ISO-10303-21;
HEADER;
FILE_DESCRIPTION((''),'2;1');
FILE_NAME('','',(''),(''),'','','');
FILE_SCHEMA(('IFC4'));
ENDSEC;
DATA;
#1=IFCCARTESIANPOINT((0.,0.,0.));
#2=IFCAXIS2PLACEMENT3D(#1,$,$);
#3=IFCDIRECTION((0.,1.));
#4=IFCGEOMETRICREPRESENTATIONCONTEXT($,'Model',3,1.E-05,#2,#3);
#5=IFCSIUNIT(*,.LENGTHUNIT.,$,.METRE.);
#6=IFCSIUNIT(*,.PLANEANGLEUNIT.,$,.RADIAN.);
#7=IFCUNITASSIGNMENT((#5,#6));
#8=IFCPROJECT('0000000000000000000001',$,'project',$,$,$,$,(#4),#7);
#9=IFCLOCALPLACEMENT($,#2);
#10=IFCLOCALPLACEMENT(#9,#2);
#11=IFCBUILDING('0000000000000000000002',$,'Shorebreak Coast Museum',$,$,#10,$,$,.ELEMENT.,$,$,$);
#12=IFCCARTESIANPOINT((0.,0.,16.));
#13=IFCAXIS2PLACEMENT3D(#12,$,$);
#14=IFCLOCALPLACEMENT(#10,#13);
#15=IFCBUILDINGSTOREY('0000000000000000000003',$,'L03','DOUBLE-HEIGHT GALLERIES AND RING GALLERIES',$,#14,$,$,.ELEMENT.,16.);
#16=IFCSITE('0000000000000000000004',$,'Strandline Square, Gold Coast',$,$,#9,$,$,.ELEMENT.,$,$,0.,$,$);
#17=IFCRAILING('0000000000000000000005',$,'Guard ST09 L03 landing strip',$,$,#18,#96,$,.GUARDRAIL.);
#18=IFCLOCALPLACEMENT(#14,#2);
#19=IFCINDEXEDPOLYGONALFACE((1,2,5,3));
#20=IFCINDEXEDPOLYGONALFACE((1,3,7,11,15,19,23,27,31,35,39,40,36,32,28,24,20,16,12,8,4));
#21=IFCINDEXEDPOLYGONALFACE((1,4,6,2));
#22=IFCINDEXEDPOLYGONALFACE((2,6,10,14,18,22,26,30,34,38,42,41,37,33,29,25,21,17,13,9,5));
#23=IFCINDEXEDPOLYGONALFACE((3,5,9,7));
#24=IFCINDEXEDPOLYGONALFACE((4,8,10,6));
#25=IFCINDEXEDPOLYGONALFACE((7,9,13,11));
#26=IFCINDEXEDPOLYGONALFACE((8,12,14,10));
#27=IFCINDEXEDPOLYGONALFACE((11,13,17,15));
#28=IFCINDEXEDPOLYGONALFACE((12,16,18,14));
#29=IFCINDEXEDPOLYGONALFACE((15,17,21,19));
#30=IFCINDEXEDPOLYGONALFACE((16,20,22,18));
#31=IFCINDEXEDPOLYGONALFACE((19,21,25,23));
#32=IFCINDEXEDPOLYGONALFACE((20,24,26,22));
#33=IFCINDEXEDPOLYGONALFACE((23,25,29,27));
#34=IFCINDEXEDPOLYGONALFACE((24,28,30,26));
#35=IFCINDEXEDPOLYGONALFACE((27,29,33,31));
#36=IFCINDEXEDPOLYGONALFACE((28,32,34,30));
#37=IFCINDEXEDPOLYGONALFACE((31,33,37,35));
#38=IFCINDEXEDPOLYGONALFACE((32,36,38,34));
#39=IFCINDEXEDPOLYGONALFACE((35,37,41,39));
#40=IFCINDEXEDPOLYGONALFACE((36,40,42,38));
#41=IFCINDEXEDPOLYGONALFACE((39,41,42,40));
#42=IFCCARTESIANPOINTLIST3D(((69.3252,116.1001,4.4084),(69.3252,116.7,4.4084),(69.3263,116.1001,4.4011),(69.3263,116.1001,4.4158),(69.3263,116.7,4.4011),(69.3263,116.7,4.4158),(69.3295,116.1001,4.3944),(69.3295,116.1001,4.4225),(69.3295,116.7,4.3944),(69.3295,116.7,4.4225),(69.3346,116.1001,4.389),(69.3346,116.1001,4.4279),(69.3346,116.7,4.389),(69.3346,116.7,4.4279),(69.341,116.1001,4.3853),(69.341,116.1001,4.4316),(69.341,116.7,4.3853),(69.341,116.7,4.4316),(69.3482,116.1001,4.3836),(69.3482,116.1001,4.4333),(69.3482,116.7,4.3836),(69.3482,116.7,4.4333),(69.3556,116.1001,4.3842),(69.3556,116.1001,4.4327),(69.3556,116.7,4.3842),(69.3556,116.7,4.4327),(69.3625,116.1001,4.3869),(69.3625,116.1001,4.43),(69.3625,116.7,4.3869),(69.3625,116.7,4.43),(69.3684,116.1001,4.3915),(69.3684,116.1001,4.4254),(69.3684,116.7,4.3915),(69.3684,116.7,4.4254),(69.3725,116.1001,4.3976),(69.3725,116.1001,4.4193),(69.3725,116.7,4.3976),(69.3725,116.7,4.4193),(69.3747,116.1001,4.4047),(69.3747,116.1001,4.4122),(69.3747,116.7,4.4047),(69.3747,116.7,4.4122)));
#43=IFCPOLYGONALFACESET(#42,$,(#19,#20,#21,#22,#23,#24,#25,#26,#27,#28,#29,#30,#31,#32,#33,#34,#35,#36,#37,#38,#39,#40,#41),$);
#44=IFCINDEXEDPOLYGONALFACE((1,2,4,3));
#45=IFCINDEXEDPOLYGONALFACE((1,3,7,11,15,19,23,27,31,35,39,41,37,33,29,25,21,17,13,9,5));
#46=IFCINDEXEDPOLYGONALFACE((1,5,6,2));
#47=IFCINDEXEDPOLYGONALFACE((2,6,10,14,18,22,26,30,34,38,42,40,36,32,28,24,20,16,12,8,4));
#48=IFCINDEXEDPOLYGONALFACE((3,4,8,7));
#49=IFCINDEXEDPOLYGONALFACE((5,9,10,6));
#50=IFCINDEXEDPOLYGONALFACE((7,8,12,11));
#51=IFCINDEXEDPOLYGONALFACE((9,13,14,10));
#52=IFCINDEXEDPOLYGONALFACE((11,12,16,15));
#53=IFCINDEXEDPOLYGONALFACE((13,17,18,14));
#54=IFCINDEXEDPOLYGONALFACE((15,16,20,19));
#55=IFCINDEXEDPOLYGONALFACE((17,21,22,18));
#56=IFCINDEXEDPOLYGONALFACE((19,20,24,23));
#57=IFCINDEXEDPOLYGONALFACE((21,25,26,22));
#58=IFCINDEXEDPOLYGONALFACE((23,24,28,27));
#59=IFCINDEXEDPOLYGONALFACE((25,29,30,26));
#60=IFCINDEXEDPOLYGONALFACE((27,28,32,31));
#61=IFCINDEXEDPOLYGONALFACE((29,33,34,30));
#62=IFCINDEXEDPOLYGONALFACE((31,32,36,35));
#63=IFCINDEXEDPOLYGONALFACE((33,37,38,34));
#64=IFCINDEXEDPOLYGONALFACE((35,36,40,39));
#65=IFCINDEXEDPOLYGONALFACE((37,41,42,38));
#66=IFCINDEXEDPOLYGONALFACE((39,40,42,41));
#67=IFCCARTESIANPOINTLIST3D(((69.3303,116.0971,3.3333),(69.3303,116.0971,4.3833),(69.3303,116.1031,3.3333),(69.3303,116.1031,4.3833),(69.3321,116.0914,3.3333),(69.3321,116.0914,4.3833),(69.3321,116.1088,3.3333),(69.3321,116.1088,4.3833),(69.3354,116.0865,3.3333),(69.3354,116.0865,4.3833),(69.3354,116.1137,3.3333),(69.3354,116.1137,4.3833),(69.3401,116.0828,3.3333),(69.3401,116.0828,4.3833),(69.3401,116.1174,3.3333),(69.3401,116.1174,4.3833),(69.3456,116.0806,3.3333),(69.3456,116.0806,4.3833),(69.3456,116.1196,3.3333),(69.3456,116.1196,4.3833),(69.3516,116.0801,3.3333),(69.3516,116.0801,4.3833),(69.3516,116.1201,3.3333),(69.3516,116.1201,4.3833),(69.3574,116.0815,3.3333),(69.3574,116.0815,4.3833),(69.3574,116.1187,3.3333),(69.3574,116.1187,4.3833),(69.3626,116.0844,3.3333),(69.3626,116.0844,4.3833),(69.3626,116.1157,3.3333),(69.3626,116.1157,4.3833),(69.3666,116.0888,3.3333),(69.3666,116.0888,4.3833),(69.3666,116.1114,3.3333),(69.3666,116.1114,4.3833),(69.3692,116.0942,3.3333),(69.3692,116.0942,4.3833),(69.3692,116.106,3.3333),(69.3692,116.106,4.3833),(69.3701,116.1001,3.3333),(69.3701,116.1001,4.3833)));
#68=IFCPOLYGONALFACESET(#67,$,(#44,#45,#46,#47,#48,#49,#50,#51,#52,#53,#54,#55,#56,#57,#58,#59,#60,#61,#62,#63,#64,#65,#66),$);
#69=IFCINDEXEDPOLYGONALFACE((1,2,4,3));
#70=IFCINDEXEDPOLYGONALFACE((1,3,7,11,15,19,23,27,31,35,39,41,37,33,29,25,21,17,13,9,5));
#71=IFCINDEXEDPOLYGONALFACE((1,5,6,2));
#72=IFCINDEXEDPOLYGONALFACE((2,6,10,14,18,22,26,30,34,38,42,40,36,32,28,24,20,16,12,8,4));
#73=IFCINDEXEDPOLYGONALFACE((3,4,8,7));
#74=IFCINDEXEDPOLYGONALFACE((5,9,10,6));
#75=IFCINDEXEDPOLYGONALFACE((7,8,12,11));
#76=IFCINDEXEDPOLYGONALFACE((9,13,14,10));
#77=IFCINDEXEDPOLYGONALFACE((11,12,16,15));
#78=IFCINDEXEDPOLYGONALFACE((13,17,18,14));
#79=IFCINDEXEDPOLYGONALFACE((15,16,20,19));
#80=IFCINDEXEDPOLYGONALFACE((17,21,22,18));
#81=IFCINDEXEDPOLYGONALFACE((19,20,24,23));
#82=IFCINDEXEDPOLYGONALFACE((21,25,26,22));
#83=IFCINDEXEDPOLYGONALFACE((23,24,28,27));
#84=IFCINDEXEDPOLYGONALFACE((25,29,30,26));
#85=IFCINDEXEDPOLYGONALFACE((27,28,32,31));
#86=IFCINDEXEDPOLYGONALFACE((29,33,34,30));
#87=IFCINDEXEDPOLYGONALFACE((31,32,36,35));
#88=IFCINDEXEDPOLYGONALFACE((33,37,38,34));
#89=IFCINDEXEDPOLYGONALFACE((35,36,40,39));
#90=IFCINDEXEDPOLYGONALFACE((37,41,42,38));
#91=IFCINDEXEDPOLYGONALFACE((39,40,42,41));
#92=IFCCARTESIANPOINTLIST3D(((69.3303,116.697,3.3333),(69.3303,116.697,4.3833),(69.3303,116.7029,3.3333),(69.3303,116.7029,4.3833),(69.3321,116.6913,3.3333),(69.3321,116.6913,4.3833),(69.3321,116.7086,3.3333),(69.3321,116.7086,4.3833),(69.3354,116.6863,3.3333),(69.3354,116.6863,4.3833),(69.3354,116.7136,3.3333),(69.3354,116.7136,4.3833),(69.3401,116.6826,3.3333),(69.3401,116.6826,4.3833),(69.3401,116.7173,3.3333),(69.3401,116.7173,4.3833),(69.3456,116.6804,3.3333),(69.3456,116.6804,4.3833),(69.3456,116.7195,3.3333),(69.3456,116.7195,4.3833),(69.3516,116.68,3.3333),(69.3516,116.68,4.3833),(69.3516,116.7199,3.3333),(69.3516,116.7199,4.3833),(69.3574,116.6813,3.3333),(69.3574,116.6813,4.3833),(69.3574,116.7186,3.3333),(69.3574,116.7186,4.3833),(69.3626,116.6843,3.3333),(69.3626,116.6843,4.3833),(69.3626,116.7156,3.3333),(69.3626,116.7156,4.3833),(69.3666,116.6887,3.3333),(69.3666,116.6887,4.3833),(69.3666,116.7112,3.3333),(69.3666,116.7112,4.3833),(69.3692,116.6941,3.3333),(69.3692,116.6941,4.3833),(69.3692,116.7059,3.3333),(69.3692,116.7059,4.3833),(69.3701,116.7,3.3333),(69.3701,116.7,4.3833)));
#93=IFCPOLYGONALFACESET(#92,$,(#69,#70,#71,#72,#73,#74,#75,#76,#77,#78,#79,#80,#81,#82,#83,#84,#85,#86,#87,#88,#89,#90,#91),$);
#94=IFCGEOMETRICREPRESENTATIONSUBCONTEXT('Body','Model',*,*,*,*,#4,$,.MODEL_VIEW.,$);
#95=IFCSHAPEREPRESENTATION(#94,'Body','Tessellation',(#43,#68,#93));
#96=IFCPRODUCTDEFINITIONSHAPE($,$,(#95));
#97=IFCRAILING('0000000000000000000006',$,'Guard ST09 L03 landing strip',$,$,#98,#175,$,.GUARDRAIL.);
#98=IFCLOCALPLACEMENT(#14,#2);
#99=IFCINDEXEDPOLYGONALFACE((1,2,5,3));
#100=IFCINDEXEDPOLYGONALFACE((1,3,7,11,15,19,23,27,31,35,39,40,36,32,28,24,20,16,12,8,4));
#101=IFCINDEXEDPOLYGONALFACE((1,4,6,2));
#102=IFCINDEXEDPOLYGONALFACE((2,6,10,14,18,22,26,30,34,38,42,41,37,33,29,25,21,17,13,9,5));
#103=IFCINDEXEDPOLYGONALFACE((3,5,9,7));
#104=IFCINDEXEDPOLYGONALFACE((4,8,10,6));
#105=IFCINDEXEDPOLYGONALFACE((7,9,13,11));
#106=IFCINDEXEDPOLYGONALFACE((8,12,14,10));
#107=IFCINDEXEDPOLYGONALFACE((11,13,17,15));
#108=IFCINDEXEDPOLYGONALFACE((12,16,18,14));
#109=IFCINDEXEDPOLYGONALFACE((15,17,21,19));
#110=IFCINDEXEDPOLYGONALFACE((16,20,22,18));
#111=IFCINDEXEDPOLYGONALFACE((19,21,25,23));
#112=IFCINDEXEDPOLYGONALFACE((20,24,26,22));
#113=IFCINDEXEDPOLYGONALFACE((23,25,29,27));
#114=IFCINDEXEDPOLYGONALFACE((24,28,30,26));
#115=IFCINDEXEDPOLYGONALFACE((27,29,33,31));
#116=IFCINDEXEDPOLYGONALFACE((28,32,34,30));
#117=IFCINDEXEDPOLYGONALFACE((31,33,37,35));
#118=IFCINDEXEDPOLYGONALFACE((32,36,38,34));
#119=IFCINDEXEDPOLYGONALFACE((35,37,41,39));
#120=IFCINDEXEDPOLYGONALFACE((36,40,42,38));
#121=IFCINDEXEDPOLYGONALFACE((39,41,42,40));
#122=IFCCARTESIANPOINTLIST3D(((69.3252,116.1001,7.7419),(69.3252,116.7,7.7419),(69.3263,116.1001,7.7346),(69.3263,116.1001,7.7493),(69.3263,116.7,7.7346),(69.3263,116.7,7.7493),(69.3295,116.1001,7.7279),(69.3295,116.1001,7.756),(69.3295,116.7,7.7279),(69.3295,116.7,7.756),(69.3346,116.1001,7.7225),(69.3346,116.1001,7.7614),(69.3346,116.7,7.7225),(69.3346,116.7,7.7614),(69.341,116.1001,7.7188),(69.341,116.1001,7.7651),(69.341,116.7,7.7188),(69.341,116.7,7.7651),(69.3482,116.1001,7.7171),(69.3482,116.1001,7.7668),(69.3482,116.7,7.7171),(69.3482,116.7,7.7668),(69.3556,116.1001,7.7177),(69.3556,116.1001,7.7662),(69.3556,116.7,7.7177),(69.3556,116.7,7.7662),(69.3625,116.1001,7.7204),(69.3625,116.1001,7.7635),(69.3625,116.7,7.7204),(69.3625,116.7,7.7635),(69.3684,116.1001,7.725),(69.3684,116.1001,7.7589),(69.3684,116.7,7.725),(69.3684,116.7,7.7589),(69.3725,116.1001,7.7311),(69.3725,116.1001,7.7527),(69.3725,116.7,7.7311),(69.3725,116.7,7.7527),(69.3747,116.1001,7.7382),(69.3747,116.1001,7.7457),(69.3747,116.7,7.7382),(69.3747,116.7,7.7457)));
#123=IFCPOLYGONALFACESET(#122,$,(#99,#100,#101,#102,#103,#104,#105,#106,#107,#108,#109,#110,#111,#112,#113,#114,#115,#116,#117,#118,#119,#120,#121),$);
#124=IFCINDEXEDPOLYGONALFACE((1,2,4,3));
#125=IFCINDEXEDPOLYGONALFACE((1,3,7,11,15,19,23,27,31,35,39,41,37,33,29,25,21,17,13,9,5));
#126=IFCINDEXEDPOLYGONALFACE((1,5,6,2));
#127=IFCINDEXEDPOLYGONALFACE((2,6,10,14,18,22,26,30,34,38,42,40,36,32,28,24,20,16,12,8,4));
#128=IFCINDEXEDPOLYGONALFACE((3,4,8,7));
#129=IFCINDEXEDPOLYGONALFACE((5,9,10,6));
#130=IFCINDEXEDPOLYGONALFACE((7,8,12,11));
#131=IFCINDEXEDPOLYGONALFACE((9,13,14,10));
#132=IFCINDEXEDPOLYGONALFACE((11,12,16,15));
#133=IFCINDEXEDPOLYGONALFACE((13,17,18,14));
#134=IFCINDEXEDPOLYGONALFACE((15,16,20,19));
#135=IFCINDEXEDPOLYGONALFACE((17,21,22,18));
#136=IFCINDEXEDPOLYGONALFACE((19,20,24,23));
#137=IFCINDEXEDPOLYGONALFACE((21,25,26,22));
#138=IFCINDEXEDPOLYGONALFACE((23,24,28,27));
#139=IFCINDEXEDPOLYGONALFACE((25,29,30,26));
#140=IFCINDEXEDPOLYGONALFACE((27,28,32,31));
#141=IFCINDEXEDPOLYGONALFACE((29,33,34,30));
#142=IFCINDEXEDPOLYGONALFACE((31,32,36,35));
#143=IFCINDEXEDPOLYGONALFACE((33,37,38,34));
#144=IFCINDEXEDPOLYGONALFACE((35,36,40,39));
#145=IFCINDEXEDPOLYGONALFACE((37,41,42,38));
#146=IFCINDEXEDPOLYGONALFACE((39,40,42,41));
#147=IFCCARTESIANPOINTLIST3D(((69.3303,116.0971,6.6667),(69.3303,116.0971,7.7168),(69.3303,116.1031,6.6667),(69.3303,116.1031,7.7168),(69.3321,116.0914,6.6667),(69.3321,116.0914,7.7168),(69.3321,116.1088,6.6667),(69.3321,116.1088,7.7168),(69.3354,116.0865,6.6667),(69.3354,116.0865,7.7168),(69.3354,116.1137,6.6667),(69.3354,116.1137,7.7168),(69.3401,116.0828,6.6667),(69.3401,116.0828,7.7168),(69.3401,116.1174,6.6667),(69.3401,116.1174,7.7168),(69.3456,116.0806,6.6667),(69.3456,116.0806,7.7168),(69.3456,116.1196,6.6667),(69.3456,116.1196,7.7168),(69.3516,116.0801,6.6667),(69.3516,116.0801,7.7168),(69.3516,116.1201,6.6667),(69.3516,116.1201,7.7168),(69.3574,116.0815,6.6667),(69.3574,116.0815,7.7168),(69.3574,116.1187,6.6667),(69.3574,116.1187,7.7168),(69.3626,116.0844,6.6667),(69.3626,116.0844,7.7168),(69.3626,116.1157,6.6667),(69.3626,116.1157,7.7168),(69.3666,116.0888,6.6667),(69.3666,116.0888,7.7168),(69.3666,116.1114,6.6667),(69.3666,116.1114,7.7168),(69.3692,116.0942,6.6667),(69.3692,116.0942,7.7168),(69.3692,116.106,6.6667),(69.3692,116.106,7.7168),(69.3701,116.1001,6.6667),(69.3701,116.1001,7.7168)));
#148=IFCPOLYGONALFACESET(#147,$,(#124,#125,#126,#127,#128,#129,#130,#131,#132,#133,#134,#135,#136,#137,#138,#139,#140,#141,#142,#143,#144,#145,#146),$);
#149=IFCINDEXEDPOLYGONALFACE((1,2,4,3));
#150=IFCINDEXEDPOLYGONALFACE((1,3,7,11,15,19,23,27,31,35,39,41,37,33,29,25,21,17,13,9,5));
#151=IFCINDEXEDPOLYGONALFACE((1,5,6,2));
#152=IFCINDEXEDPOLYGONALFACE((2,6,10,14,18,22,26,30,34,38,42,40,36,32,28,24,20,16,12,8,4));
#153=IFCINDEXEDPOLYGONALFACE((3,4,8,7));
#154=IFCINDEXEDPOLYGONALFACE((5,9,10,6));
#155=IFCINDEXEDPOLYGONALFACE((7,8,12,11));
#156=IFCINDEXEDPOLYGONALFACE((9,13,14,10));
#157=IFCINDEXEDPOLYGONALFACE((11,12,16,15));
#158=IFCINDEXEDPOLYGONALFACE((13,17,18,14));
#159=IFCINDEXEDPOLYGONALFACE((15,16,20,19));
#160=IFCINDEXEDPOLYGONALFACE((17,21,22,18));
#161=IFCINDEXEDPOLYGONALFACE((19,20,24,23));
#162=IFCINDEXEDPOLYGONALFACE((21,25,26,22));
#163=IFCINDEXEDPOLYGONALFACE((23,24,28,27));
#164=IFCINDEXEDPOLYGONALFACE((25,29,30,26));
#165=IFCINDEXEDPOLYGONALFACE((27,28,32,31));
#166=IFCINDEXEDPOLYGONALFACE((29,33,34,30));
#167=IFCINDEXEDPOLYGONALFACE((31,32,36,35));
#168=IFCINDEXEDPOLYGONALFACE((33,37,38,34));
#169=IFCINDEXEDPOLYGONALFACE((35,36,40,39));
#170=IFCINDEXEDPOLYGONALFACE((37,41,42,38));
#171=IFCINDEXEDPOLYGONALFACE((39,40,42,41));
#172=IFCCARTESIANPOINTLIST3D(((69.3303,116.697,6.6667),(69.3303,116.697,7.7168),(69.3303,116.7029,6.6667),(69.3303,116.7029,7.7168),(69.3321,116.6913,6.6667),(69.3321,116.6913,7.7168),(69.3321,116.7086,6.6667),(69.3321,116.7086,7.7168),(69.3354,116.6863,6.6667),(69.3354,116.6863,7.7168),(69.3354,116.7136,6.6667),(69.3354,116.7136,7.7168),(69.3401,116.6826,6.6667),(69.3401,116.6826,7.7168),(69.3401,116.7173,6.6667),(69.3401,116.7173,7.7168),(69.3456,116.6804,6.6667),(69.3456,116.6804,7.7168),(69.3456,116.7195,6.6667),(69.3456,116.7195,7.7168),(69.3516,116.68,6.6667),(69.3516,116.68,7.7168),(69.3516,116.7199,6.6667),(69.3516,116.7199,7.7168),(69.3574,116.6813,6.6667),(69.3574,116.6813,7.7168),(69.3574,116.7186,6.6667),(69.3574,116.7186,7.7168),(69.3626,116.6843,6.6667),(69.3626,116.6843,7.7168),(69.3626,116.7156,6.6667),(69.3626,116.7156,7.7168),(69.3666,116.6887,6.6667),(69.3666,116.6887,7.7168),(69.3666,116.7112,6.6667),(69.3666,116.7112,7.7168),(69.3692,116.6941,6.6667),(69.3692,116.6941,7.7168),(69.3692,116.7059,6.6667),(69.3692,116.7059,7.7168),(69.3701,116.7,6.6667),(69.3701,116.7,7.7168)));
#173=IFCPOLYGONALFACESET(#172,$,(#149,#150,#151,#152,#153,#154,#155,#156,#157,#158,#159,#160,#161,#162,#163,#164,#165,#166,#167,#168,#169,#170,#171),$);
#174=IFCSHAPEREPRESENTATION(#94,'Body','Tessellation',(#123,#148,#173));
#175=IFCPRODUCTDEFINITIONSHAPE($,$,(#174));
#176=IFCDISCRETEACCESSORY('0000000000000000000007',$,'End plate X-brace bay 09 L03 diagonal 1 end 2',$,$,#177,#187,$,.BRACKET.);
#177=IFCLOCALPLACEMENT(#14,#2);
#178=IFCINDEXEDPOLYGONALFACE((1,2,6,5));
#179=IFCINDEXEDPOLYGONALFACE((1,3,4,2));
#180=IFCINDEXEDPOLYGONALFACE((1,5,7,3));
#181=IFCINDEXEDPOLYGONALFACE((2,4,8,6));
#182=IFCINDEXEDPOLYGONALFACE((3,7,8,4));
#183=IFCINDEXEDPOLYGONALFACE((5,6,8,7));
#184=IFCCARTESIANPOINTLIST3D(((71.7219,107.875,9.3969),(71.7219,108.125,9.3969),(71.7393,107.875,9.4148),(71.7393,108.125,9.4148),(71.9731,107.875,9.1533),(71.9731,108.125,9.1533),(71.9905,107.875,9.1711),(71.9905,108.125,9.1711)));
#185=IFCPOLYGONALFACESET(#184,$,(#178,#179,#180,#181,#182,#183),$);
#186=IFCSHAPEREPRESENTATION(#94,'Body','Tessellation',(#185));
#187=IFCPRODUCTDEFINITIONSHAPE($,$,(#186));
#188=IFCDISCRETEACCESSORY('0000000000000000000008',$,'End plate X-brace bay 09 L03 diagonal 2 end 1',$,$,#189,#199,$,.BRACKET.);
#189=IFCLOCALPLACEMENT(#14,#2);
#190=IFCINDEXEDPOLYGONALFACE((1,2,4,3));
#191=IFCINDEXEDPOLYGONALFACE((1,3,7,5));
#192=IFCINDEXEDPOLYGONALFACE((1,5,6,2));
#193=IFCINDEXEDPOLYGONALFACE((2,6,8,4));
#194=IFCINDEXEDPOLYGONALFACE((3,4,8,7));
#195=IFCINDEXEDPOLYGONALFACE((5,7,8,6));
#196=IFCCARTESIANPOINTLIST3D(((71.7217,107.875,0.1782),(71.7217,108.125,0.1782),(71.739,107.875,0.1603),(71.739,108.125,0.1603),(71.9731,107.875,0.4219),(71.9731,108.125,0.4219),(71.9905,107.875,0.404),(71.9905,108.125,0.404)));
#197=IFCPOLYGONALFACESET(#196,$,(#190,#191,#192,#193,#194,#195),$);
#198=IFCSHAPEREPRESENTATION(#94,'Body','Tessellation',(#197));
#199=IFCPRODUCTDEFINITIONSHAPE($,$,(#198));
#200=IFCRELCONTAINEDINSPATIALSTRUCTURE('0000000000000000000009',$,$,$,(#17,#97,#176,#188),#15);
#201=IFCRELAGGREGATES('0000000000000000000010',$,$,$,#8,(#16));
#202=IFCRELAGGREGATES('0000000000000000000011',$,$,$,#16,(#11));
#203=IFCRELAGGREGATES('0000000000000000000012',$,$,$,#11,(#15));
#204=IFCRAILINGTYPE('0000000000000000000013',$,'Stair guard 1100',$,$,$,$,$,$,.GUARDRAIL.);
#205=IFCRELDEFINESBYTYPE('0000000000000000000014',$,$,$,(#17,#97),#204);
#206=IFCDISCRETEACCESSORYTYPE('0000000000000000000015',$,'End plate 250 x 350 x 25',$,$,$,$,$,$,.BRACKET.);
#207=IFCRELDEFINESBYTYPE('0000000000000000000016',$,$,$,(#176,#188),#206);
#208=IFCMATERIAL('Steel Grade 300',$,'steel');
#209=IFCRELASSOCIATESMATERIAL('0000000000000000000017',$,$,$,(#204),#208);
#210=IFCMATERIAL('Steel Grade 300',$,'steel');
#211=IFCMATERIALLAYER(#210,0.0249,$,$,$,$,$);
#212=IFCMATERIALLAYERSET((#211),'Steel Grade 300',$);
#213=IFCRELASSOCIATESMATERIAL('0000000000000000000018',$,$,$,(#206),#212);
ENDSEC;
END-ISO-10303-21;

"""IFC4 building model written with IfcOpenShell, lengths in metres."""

from ifc_helpers import new_model, si_unit, direction, frame, origin, origin_2d, place, context, subcontext, project, spatial, polyline, circle, outline, extrude, material, layer, layer_set, type_object, element, save


model = new_model("IFC4")

# Units and contexts
model_context = context("Model", 3, precision=1e-05, world=origin(), true_north=direction((0.0, 1.0)))
body_context = subcontext(model_context, "Body", "Model", "MODEL_VIEW")
ifc_project = project(units=[si_unit("LENGTHUNIT", "METRE"), si_unit("PLANEANGLEUNIT", "RADIAN")], contexts=[model_context])

# Site, building, storey
site_placement = place(None, origin())
site = spatial("IfcSite", under=ifc_project, at=site_placement, Name="Strandline Square, Gold Coast", CompositionType="ELEMENT", RefElevation=0.0)
building_placement = place(site_placement, origin())
building = spatial("IfcBuilding", under=site, at=building_placement, Name="Shorebreak Coast Museum", CompositionType="ELEMENT")
storey_placement = place(building_placement, frame((0.0, 0.0, 16.0)))
storey = spatial("IfcBuildingStorey", under=building, at=storey_placement, Name="L03", Description="DOUBLE-HEIGHT GALLERIES AND RING GALLERIES", CompositionType="ELEMENT", Elevation=16.0)

# Railings
ifc_material_1 = material(Name="Steel Grade 300", Category="steel")
railing_type = type_object("IfcRailingType", Name="Stair guard 1100", PredefinedType="GUARDRAIL", material=ifc_material_1)
for number, where, name in (
    (1, (69.3501, 116.1001, 3.3333), "Guard ST09 L03 landing strip"),
    (2, (69.3501, 116.1001, 6.6667), "Guard ST09 L03 landing strip"),
):
    element("IfcRailing", number, at=place(storey_placement, frame(where)), inside=storey, type_object=railing_type, Name=name, PredefinedType="GUARDRAIL", context=body_context, shape_type="SweptSolid", body=[
        extrude(circle(Radius=0.0249, at=origin_2d()), frame((0.0, 0.0, 1.0752), z_axis=(0.0, 1.0, 0.0), x_axis=(-1.0, 0.0, 0.0)), (0.0, 0.0, 1.0), 0.5999),
        extrude(circle(Radius=0.02, at=origin_2d()), origin(), (0.0, 0.0, 1.0), 1.05),
        extrude(circle(Radius=0.02, at=origin_2d()), frame((0.0, 0.5999, 0.0)), (0.0, 0.0, 1.0), 1.05),
    ])

# Discrete accessories
ifc_material_2 = material(Name="Steel Grade 300", Category="steel")
ifc_layer_1 = layer(ifc_material_2, 0.0249)
ifc_layer_set_1 = layer_set([ifc_layer_1], Name="Steel Grade 300")
discrete_accessory_type = type_object("IfcDiscreteAccessoryType", Name="End plate 250 x 350 x 25", PredefinedType="BRACKET", material=ifc_layer_set_1)
discrete_accessory_1_placement = place(storey_placement, frame((71.9905, 107.875, 9.1711), z_axis=(0.696211, 0.0, 0.717837), x_axis=(0.0, 1.0, 0.0)))
element("IfcDiscreteAccessory", 3, at=discrete_accessory_1_placement, inside=storey, type_object=discrete_accessory_type, Name="End plate X-brace bay 09 L03 diagonal 1 end 2", PredefinedType="BRACKET", context=body_context, shape_type="SweptSolid", body=[
    extrude(outline(polyline([(0.0, 0.0), (0.25, 0.0), (0.25, 0.35), (0.0, 0.35), (0.0, 0.0)])), origin(), (0.0, 0.0, -1.0), 0.0249),
])
discrete_accessory_2_placement = place(storey_placement, frame((71.7217, 108.125, 0.1782), z_axis=(-0.695863, 0.0, 0.718175), x_axis=(0.0, -1.0, 0.0)))
element("IfcDiscreteAccessory", 4, at=discrete_accessory_2_placement, inside=storey, type_object=discrete_accessory_type, Name="End plate X-brace bay 09 L03 diagonal 2 end 1", PredefinedType="BRACKET", context=body_context, shape_type="SweptSolid", body=[
    extrude(outline(polyline([(0.0, 0.0), (0.25, 0.0), (0.25, 0.3501), (0.0, 0.3501), (0.0, 0.0)])), origin(), (0.0, 0.0, -1.0), 0.0249),
])

save(model, "model.ifc")
